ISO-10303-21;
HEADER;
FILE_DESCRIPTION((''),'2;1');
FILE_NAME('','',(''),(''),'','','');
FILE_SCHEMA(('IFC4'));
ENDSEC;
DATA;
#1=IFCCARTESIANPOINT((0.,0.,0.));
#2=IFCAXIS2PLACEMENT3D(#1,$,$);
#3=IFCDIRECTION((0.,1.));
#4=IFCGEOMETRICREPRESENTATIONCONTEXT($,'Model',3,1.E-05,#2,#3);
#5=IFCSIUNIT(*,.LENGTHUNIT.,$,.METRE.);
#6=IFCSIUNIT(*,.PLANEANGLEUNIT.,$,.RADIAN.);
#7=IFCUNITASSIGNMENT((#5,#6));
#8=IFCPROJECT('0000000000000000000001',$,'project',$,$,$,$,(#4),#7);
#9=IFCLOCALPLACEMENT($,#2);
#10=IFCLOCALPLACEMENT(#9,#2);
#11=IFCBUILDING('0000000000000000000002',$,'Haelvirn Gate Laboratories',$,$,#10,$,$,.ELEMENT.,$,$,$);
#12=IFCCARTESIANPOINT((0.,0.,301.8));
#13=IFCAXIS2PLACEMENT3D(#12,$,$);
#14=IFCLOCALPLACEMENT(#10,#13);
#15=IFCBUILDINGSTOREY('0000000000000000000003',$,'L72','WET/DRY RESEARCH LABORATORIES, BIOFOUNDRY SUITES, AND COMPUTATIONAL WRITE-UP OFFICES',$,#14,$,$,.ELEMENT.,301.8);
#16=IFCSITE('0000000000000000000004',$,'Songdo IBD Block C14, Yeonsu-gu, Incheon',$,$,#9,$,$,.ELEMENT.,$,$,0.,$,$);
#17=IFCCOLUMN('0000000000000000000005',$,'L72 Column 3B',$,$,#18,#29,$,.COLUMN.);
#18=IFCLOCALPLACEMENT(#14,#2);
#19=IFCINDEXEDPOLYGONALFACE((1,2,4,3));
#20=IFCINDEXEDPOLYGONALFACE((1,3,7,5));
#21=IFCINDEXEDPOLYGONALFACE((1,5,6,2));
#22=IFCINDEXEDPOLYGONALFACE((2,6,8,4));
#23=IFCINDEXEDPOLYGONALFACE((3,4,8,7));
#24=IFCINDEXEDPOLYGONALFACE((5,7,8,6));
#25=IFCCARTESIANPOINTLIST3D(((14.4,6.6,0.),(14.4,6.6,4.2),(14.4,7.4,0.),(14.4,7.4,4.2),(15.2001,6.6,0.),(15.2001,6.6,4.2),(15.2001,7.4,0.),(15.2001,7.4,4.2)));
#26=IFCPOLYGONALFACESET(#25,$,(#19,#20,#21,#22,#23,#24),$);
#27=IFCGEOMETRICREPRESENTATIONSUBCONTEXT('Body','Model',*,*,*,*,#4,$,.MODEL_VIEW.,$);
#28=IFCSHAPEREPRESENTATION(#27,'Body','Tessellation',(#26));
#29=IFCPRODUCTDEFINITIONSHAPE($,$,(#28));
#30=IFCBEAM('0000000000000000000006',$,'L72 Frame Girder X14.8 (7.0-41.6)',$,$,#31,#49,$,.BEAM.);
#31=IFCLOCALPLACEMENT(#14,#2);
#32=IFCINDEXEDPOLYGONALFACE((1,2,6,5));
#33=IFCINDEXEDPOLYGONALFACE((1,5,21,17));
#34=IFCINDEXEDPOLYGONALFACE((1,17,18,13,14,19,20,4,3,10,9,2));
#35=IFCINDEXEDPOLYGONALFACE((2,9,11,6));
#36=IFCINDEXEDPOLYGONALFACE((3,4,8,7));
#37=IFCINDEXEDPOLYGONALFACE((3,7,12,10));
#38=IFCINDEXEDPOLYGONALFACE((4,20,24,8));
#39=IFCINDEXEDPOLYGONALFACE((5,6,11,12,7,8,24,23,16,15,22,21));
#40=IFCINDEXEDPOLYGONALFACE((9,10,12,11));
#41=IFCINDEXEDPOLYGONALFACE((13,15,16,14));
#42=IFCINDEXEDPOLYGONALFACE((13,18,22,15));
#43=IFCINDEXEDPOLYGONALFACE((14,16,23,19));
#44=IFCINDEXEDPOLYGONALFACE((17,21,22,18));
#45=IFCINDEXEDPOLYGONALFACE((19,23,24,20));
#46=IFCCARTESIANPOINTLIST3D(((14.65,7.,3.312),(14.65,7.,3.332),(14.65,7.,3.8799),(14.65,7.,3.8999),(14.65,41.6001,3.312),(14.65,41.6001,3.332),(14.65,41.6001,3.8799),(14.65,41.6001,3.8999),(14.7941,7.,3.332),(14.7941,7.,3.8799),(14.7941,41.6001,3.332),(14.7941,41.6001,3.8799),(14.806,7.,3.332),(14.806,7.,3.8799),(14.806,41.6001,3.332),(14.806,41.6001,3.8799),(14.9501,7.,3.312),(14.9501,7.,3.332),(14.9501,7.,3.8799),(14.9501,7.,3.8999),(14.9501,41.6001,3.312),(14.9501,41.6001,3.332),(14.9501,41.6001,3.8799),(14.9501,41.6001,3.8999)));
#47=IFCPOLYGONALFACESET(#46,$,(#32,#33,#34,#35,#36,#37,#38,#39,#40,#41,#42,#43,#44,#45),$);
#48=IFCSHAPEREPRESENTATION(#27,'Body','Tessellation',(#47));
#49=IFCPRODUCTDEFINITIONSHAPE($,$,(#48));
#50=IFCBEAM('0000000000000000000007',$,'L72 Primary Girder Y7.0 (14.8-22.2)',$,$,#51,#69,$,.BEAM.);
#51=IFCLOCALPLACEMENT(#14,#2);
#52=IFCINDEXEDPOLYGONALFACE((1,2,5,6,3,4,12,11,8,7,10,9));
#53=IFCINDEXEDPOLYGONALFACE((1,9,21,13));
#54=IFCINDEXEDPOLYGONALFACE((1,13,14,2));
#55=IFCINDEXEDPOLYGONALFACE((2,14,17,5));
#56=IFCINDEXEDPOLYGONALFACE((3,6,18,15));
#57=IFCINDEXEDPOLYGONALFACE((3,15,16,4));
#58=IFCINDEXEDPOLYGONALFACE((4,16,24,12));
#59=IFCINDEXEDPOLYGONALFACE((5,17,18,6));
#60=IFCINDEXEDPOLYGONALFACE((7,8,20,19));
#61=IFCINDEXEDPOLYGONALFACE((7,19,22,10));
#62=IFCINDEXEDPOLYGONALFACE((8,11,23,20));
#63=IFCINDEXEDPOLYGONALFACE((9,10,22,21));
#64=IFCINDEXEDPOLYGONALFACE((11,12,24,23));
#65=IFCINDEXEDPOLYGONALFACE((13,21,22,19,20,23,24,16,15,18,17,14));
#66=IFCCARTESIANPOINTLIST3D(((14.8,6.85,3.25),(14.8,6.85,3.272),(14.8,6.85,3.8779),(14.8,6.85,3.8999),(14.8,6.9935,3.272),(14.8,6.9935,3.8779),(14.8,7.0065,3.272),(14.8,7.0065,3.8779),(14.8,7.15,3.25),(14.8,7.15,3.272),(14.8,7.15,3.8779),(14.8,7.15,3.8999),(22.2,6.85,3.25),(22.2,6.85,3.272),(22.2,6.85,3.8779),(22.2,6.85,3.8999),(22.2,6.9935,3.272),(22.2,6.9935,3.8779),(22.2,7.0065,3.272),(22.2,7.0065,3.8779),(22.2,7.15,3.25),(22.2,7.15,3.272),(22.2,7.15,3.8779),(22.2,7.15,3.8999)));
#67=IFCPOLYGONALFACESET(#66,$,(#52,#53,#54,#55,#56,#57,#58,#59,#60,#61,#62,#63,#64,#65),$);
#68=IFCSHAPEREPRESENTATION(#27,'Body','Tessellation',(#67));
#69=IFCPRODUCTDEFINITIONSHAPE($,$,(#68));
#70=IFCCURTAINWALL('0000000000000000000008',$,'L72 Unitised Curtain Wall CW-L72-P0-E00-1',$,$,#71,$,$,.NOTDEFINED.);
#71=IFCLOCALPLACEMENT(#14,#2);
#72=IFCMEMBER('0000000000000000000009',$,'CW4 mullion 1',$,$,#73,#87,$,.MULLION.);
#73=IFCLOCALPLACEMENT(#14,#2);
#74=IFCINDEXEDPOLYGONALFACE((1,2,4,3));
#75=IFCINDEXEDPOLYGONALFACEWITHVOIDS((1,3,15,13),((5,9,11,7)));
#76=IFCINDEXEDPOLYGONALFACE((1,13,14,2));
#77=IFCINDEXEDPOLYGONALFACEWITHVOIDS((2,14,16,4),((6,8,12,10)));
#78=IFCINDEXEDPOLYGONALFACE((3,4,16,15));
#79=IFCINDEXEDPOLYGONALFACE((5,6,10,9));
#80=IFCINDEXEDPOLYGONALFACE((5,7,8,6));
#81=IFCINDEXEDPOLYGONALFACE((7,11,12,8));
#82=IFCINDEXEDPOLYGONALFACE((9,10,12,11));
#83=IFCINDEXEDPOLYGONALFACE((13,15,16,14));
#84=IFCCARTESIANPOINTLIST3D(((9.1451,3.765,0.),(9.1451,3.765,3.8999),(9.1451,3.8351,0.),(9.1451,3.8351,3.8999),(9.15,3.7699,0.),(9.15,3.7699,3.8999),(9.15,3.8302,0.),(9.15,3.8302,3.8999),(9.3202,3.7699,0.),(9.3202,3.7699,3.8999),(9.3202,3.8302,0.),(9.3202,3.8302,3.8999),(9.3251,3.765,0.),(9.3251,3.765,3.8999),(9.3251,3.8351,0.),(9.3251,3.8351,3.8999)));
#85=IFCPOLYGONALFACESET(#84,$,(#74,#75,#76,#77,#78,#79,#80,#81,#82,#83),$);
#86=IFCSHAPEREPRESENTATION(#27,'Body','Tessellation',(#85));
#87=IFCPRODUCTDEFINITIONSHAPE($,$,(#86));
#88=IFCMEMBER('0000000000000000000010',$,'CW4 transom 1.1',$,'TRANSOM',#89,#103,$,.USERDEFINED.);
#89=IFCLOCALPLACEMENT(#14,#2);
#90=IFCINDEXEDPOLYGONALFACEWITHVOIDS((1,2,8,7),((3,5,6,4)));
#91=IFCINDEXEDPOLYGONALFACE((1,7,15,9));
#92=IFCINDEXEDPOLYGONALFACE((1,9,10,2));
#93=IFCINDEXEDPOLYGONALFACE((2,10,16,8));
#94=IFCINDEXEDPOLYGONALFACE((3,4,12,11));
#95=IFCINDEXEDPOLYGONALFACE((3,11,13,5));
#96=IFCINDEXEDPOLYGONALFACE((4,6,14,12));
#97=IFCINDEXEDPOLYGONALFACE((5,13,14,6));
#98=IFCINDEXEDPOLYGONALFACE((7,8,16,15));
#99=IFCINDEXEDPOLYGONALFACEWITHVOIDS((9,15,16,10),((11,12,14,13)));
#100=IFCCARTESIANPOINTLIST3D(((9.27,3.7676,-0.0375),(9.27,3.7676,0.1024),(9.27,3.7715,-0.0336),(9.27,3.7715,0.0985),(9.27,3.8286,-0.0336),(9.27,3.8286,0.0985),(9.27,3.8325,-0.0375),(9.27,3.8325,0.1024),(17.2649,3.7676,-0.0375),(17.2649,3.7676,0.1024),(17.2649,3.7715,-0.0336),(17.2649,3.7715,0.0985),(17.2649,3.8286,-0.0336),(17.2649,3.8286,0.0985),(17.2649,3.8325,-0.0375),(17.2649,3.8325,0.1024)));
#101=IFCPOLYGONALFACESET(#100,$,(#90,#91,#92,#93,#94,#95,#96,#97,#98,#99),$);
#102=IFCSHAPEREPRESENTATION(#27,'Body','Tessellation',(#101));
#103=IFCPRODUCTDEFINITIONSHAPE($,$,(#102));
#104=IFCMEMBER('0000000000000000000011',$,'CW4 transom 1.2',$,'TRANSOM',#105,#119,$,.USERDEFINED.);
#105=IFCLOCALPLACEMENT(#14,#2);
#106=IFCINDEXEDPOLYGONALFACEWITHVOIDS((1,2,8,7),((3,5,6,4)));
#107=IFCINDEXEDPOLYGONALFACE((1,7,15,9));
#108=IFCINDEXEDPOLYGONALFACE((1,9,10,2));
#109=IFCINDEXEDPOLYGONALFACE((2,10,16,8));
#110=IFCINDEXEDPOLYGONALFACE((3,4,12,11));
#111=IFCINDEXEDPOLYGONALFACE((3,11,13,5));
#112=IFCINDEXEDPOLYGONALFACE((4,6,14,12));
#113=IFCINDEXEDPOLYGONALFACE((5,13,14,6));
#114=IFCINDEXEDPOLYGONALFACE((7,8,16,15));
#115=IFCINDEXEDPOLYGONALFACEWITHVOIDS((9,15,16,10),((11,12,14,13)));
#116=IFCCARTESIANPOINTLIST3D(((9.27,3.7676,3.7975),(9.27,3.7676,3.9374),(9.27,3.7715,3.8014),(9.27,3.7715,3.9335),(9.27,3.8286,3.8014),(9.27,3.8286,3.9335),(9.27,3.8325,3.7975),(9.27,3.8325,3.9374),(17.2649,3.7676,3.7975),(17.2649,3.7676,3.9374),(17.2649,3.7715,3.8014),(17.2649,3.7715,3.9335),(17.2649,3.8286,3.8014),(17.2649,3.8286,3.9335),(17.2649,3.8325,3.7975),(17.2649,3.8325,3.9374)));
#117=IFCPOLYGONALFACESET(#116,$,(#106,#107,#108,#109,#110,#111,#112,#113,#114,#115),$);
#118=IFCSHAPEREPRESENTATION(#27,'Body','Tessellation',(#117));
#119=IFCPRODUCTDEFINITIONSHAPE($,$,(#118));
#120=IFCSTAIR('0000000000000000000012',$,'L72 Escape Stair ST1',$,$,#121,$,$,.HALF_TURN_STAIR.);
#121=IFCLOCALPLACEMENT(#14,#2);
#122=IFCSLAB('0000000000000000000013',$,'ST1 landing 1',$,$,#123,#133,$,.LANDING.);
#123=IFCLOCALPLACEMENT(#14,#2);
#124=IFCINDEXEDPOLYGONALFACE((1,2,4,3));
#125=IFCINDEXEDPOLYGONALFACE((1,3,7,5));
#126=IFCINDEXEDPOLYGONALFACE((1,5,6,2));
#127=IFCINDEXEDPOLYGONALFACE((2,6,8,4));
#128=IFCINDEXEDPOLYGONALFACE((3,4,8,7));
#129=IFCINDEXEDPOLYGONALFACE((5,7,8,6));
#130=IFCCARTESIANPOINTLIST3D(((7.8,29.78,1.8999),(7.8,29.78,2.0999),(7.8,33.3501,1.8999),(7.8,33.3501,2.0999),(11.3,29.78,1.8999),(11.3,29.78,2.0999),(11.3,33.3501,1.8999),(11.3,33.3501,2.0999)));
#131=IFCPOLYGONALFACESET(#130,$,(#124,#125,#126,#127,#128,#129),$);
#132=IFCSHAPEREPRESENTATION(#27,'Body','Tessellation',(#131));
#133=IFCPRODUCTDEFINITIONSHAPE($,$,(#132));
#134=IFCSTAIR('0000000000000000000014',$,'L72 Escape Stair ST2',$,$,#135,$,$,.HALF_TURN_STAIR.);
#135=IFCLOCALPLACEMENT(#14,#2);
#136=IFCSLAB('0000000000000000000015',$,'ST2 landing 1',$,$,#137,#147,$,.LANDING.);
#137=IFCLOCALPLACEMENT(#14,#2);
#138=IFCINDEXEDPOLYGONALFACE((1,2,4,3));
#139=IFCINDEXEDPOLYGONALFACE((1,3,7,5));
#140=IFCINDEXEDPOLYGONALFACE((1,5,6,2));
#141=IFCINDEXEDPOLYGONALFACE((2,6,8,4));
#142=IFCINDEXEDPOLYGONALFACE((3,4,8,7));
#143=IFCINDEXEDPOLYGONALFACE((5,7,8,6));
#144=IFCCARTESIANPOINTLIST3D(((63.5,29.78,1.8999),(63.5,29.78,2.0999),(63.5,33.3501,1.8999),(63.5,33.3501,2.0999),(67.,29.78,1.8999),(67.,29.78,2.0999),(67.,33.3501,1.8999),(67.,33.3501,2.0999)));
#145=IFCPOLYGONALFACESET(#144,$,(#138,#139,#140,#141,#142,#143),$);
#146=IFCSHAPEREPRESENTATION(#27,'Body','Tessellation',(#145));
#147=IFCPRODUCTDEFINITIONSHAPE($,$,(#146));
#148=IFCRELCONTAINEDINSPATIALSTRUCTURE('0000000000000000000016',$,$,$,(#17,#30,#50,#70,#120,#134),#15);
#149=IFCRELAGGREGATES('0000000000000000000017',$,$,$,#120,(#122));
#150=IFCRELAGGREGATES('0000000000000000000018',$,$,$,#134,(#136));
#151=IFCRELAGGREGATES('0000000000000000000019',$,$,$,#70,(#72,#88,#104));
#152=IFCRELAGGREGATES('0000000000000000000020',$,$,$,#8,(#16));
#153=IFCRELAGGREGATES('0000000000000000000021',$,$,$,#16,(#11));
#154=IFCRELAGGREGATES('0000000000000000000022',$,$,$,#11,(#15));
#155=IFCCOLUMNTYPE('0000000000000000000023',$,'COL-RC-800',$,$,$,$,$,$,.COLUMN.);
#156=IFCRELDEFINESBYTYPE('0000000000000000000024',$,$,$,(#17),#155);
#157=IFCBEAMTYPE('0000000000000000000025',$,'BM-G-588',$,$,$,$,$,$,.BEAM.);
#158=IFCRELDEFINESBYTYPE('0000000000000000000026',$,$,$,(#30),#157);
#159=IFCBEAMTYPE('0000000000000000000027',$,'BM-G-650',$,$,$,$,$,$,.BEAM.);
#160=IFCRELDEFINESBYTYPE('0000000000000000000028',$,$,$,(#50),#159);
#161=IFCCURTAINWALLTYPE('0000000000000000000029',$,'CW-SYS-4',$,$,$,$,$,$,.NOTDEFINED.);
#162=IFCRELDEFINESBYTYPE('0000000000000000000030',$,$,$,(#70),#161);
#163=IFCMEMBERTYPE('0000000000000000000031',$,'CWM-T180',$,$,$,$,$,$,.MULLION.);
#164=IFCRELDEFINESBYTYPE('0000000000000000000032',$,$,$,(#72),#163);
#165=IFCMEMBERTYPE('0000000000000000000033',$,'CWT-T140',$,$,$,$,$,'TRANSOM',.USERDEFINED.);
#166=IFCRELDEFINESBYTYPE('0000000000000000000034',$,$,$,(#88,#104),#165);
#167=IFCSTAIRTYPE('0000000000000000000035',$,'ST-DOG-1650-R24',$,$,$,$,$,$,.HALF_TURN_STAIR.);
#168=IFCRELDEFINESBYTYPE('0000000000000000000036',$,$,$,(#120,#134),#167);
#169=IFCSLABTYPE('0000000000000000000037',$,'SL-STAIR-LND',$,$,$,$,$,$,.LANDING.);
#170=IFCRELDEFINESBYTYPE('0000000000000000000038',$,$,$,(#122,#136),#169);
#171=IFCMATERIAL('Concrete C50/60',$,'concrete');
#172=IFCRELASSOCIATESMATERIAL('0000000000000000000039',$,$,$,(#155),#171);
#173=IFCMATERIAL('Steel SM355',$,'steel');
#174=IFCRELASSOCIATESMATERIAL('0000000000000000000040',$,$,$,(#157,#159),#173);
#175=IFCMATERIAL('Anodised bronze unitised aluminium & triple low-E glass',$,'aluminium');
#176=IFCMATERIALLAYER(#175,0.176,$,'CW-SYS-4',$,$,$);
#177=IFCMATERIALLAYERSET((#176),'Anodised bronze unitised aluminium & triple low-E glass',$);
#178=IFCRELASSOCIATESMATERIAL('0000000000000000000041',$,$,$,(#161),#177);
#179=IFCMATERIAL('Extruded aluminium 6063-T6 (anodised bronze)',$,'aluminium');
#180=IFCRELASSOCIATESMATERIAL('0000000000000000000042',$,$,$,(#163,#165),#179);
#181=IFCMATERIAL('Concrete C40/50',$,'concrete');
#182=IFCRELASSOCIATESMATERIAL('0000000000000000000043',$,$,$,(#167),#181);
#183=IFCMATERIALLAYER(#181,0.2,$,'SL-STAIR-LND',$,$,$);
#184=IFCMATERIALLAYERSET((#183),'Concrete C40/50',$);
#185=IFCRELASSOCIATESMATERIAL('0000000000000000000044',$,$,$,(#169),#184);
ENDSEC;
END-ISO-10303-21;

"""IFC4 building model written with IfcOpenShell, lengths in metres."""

from ifc_helpers import new_model, si_unit, direction, frame, origin, origin_2d, place, context, subcontext, project, spatial, polyline, rectangle, hollow_rectangle, i_section, outline, extrude, source, transform, mapped, material, layer, layer_set, material_profile, profile_set, type_object, type_shapes, element, aggregate, save


model = new_model("IFC4")

# Units and contexts
model_context = context("Model", 3, precision=1e-05, world=origin(), true_north=direction((0.0, 1.0)))
body_context = subcontext(model_context, "Body", "Model", "MODEL_VIEW")
ifc_project = project(units=[si_unit("LENGTHUNIT", "METRE"), si_unit("PLANEANGLEUNIT", "RADIAN")], contexts=[model_context])

# Site, building, storey
site_placement = place(None, origin())
site = spatial("IfcSite", under=ifc_project, at=site_placement, Name="Songdo IBD Block C14, Yeonsu-gu, Incheon", CompositionType="ELEMENT", RefElevation=0.0)
building_placement = place(site_placement, origin())
building = spatial("IfcBuilding", under=site, at=building_placement, Name="Haelvirn Gate Laboratories", CompositionType="ELEMENT")
storey_placement = place(building_placement, frame((0.0, 0.0, 301.8)))
storey = spatial("IfcBuildingStorey", under=building, at=storey_placement, Name="L72", Description="WET/DRY RESEARCH LABORATORIES, BIOFOUNDRY SUITES, AND COMPUTATIONAL WRITE-UP OFFICES", CompositionType="ELEMENT", Elevation=301.8)

# Column
ifc_material_1 = material(Name="Concrete C50/60", Category="concrete")
ifc_material_profile_1 = material_profile(ifc_material_1, rectangle(XDim=0.8, YDim=0.8, at=origin_2d()), Name="RC-800x800")
ifc_profile_set_1 = profile_set([ifc_material_profile_1], Name="Concrete C50/60")
column_type = type_object("IfcColumnType", Name="COL-RC-800", PredefinedType="COLUMN", material=ifc_profile_set_1)
shared_shape_1 = source(origin(), body_context, "Body", "SweptSolid", [
    extrude(rectangle(XDim=0.8, YDim=0.8, at=origin_2d()), origin(), (0.0, 0.0, 1.0), 4.2),
])
type_shapes(column_type, [shared_shape_1])
column_placement = place(storey_placement, frame((14.8, 7.0, 0.0), z_axis=(0.0, 0.0, 1.0), x_axis=(1.0, 0.0, 0.0)))
element("IfcColumn", 1, at=column_placement, inside=storey, type_object=column_type, Name="L72 Column 3B", PredefinedType="COLUMN", context=body_context, shape_type="MappedRepresentation", body=[
    mapped(shared_shape_1, transform((0.0, 0.0, 0.0), scale=1.0)),
])

# Beams
ifc_material_2 = material(Name="Steel SM355", Category="steel")
ifc_material_profile_2 = material_profile(ifc_material_2, i_section(OverallWidth=0.3, OverallDepth=0.5879, WebThickness=0.012, FlangeThickness=0.02, at=origin_2d()), Name="H-588x300x12x20")
ifc_profile_set_2 = profile_set([ifc_material_profile_2], Name="Steel SM355")
beam_type_1 = type_object("IfcBeamType", Name="BM-G-588", PredefinedType="BEAM", material=ifc_profile_set_2)
shared_shape_2 = source(origin(), body_context, "Body", "SweptSolid", [
    extrude(i_section(OverallWidth=0.3, OverallDepth=0.5879, WebThickness=0.012, FlangeThickness=0.02, at=origin_2d()), origin(), (0.0, 0.0, 1.0), 34.6001),
])
type_shapes(beam_type_1, [shared_shape_2])
beam_1_placement = place(storey_placement, frame((14.8, 7.0, 3.606), z_axis=(0.0, 1.0, 0.0), x_axis=(-1.0, 0.0, 0.0)))
element("IfcBeam", 2, at=beam_1_placement, inside=storey, type_object=beam_type_1, Name="L72 Frame Girder X14.8 (7.0-41.6)", PredefinedType="BEAM", context=body_context, shape_type="MappedRepresentation", body=[
    mapped(shared_shape_2, transform((0.0, 0.0, 0.0), scale=1.0)),
])
ifc_material_profile_3 = material_profile(ifc_material_2, i_section(OverallWidth=0.3, OverallDepth=0.6499, WebThickness=0.0129, FlangeThickness=0.022, at=origin_2d()), Name="H-650x300x13x22")
ifc_profile_set_3 = profile_set([ifc_material_profile_3], Name="Steel SM355")
beam_type_2 = type_object("IfcBeamType", Name="BM-G-650", PredefinedType="BEAM", material=ifc_profile_set_3)
shared_shape_3 = source(origin(), body_context, "Body", "SweptSolid", [
    extrude(i_section(OverallWidth=0.3, OverallDepth=0.6499, WebThickness=0.0129, FlangeThickness=0.022, at=origin_2d()), origin(), (0.0, 0.0, 1.0), 7.3999),
])
type_shapes(beam_type_2, [shared_shape_3])
beam_2_placement = place(storey_placement, frame((14.8, 7.0, 3.575), z_axis=(1.0, 0.0, 0.0), x_axis=(0.0, 1.0, 0.0)))
element("IfcBeam", 3, at=beam_2_placement, inside=storey, type_object=beam_type_2, Name="L72 Primary Girder Y7.0 (14.8-22.2)", PredefinedType="BEAM", context=body_context, shape_type="MappedRepresentation", body=[
    mapped(shared_shape_3, transform((0.0, 0.0, 0.0), scale=1.0)),
])

# Curtain wall, members
ifc_material_3 = material(Name="Anodised bronze unitised aluminium & triple low-E glass", Category="aluminium")
ifc_layer_1 = layer(ifc_material_3, 0.176, Name="CW-SYS-4")
ifc_layer_set_1 = layer_set([ifc_layer_1], Name="Anodised bronze unitised aluminium & triple low-E glass")
curtain_wall_type = type_object("IfcCurtainWallType", Name="CW-SYS-4", PredefinedType="NOTDEFINED", material=ifc_layer_set_1)
curtain_wall_placement = place(storey_placement, origin())
curtain_wall = element("IfcCurtainWall", 4, at=curtain_wall_placement, inside=storey, type_object=curtain_wall_type, Name="L72 Unitised Curtain Wall CW-L72-P0-E00-1", PredefinedType="NOTDEFINED")
ifc_material_4 = material(Name="Extruded aluminium 6063-T6 (anodised bronze)", Category="aluminium")
ifc_material_profile_4 = material_profile(ifc_material_4, hollow_rectangle(XDim=0.0701, YDim=0.1799, WallThickness=0.0049, at=origin_2d()), Name="CWM-180x70x5")
ifc_profile_set_4 = profile_set([ifc_material_profile_4], Name="Extruded aluminium 6063-T6 (anodised bronze)")
member_type_1 = type_object("IfcMemberType", Name="CWM-T180", PredefinedType="MULLION", material=ifc_profile_set_4)
shared_shape_4 = source(origin(), body_context, "Body", "SweptSolid", [
    extrude(hollow_rectangle(XDim=0.0701, YDim=0.1799, WallThickness=0.0049, at=origin_2d()), origin(), (0.0, 0.0, 1.0), 3.8999),
])
type_shapes(member_type_1, [shared_shape_4])
member_1_placement = place(storey_placement, frame((9.2351, 3.8, 0.0), z_axis=(0.0, 0.0, 1.0), x_axis=(0.0, 1.0, 0.0)))
member_1 = element("IfcMember", 5, at=member_1_placement, type_object=member_type_1, Name="CW4 mullion 1", PredefinedType="MULLION", context=body_context, shape_type="MappedRepresentation", body=[
    mapped(shared_shape_4, transform((0.0, 0.0, 0.0), scale=1.0)),
])
ifc_material_profile_5 = material_profile(ifc_material_4, hollow_rectangle(XDim=0.0649, YDim=0.1399, WallThickness=0.0039, at=origin_2d()), Name="CWT-140x65x4")
ifc_profile_set_5 = profile_set([ifc_material_profile_5], Name="Extruded aluminium 6063-T6 (anodised bronze)")
member_type_2 = type_object("IfcMemberType", Name="CWT-T140", ElementType="TRANSOM", PredefinedType="USERDEFINED", material=ifc_profile_set_5)
shared_shape_5 = source(origin(), body_context, "Body", "SweptSolid", [
    extrude(hollow_rectangle(XDim=0.0649, YDim=0.1399, WallThickness=0.0039, at=origin_2d()), origin(), (0.0, 0.0, 1.0), 7.9949),
])
type_shapes(member_type_2, [shared_shape_5])
member_2_placement = place(storey_placement, frame((9.27, 3.8, 0.0325), z_axis=(1.0, 0.0, 0.0), x_axis=(0.0, 1.0, 0.0)))
member_2 = element("IfcMember", 6, at=member_2_placement, type_object=member_type_2, Name="CW4 transom 1.1", ObjectType="TRANSOM", PredefinedType="USERDEFINED", context=body_context, shape_type="MappedRepresentation", body=[
    mapped(shared_shape_5, transform((0.0, 0.0, 0.0), scale=1.0)),
])
member_3_placement = place(storey_placement, frame((9.27, 3.8, 3.8674), z_axis=(1.0, 0.0, 0.0), x_axis=(0.0, 1.0, 0.0)))
member_3 = element("IfcMember", 7, at=member_3_placement, type_object=member_type_2, Name="CW4 transom 1.2", ObjectType="TRANSOM", PredefinedType="USERDEFINED", context=body_context, shape_type="MappedRepresentation", body=[
    mapped(shared_shape_5, transform((0.0, 0.0, 0.0), scale=1.0)),
])

# Stairs, slabs
ifc_material_5 = material(Name="Concrete C40/50", Category="concrete")
stair_type = type_object("IfcStairType", Name="ST-DOG-1650-R24", PredefinedType="HALF_TURN_STAIR", material=ifc_material_5)
stair_1_placement = place(storey_placement, origin())
stair_1 = element("IfcStair", 8, at=stair_1_placement, inside=storey, type_object=stair_type, Name="L72 Escape Stair ST1", PredefinedType="HALF_TURN_STAIR")
ifc_layer_2 = layer(ifc_material_5, 0.2, Name="SL-STAIR-LND")
ifc_layer_set_2 = layer_set([ifc_layer_2], Name="Concrete C40/50")
slab_type_1 = type_object("IfcSlabType", Name="SL-STAIR-LND", PredefinedType="LANDING", material=ifc_layer_set_2)
slab_1_placement = place(storey_placement, frame((0.0, 0.0, 1.8999)))
slab_1 = element("IfcSlab", 9, at=slab_1_placement, type_object=slab_type_1, Name="ST1 landing 1", PredefinedType="LANDING", context=body_context, shape_type="SweptSolid", body=[
    extrude(outline(polyline([(11.3, 29.78), (11.3, 33.3501), (7.8, 33.3501), (7.8, 29.78), (11.3, 29.78)])), origin(), (0.0, 0.0, 1.0), 0.2),
])
aggregate(stair_1, [slab_1])
stair_2_placement = place(storey_placement, origin())
stair_2 = element("IfcStair", 10, at=stair_2_placement, inside=storey, type_object=stair_type, Name="L72 Escape Stair ST2", PredefinedType="HALF_TURN_STAIR")
slab_2_placement = place(storey_placement, frame((0.0, 0.0, 1.8999)))
slab_2 = element("IfcSlab", 11, at=slab_2_placement, type_object=slab_type_1, Name="ST2 landing 1", PredefinedType="LANDING", context=body_context, shape_type="SweptSolid", body=[
    extrude(outline(polyline([(67.0, 29.78), (67.0, 33.3501), (63.5, 33.3501), (63.5, 29.78), (67.0, 29.78)])), origin(), (0.0, 0.0, 1.0), 0.2),
])
aggregate(stair_2, [slab_2])

aggregate(curtain_wall, [member_1, member_2, member_3])

save(model, "model.ifc")
